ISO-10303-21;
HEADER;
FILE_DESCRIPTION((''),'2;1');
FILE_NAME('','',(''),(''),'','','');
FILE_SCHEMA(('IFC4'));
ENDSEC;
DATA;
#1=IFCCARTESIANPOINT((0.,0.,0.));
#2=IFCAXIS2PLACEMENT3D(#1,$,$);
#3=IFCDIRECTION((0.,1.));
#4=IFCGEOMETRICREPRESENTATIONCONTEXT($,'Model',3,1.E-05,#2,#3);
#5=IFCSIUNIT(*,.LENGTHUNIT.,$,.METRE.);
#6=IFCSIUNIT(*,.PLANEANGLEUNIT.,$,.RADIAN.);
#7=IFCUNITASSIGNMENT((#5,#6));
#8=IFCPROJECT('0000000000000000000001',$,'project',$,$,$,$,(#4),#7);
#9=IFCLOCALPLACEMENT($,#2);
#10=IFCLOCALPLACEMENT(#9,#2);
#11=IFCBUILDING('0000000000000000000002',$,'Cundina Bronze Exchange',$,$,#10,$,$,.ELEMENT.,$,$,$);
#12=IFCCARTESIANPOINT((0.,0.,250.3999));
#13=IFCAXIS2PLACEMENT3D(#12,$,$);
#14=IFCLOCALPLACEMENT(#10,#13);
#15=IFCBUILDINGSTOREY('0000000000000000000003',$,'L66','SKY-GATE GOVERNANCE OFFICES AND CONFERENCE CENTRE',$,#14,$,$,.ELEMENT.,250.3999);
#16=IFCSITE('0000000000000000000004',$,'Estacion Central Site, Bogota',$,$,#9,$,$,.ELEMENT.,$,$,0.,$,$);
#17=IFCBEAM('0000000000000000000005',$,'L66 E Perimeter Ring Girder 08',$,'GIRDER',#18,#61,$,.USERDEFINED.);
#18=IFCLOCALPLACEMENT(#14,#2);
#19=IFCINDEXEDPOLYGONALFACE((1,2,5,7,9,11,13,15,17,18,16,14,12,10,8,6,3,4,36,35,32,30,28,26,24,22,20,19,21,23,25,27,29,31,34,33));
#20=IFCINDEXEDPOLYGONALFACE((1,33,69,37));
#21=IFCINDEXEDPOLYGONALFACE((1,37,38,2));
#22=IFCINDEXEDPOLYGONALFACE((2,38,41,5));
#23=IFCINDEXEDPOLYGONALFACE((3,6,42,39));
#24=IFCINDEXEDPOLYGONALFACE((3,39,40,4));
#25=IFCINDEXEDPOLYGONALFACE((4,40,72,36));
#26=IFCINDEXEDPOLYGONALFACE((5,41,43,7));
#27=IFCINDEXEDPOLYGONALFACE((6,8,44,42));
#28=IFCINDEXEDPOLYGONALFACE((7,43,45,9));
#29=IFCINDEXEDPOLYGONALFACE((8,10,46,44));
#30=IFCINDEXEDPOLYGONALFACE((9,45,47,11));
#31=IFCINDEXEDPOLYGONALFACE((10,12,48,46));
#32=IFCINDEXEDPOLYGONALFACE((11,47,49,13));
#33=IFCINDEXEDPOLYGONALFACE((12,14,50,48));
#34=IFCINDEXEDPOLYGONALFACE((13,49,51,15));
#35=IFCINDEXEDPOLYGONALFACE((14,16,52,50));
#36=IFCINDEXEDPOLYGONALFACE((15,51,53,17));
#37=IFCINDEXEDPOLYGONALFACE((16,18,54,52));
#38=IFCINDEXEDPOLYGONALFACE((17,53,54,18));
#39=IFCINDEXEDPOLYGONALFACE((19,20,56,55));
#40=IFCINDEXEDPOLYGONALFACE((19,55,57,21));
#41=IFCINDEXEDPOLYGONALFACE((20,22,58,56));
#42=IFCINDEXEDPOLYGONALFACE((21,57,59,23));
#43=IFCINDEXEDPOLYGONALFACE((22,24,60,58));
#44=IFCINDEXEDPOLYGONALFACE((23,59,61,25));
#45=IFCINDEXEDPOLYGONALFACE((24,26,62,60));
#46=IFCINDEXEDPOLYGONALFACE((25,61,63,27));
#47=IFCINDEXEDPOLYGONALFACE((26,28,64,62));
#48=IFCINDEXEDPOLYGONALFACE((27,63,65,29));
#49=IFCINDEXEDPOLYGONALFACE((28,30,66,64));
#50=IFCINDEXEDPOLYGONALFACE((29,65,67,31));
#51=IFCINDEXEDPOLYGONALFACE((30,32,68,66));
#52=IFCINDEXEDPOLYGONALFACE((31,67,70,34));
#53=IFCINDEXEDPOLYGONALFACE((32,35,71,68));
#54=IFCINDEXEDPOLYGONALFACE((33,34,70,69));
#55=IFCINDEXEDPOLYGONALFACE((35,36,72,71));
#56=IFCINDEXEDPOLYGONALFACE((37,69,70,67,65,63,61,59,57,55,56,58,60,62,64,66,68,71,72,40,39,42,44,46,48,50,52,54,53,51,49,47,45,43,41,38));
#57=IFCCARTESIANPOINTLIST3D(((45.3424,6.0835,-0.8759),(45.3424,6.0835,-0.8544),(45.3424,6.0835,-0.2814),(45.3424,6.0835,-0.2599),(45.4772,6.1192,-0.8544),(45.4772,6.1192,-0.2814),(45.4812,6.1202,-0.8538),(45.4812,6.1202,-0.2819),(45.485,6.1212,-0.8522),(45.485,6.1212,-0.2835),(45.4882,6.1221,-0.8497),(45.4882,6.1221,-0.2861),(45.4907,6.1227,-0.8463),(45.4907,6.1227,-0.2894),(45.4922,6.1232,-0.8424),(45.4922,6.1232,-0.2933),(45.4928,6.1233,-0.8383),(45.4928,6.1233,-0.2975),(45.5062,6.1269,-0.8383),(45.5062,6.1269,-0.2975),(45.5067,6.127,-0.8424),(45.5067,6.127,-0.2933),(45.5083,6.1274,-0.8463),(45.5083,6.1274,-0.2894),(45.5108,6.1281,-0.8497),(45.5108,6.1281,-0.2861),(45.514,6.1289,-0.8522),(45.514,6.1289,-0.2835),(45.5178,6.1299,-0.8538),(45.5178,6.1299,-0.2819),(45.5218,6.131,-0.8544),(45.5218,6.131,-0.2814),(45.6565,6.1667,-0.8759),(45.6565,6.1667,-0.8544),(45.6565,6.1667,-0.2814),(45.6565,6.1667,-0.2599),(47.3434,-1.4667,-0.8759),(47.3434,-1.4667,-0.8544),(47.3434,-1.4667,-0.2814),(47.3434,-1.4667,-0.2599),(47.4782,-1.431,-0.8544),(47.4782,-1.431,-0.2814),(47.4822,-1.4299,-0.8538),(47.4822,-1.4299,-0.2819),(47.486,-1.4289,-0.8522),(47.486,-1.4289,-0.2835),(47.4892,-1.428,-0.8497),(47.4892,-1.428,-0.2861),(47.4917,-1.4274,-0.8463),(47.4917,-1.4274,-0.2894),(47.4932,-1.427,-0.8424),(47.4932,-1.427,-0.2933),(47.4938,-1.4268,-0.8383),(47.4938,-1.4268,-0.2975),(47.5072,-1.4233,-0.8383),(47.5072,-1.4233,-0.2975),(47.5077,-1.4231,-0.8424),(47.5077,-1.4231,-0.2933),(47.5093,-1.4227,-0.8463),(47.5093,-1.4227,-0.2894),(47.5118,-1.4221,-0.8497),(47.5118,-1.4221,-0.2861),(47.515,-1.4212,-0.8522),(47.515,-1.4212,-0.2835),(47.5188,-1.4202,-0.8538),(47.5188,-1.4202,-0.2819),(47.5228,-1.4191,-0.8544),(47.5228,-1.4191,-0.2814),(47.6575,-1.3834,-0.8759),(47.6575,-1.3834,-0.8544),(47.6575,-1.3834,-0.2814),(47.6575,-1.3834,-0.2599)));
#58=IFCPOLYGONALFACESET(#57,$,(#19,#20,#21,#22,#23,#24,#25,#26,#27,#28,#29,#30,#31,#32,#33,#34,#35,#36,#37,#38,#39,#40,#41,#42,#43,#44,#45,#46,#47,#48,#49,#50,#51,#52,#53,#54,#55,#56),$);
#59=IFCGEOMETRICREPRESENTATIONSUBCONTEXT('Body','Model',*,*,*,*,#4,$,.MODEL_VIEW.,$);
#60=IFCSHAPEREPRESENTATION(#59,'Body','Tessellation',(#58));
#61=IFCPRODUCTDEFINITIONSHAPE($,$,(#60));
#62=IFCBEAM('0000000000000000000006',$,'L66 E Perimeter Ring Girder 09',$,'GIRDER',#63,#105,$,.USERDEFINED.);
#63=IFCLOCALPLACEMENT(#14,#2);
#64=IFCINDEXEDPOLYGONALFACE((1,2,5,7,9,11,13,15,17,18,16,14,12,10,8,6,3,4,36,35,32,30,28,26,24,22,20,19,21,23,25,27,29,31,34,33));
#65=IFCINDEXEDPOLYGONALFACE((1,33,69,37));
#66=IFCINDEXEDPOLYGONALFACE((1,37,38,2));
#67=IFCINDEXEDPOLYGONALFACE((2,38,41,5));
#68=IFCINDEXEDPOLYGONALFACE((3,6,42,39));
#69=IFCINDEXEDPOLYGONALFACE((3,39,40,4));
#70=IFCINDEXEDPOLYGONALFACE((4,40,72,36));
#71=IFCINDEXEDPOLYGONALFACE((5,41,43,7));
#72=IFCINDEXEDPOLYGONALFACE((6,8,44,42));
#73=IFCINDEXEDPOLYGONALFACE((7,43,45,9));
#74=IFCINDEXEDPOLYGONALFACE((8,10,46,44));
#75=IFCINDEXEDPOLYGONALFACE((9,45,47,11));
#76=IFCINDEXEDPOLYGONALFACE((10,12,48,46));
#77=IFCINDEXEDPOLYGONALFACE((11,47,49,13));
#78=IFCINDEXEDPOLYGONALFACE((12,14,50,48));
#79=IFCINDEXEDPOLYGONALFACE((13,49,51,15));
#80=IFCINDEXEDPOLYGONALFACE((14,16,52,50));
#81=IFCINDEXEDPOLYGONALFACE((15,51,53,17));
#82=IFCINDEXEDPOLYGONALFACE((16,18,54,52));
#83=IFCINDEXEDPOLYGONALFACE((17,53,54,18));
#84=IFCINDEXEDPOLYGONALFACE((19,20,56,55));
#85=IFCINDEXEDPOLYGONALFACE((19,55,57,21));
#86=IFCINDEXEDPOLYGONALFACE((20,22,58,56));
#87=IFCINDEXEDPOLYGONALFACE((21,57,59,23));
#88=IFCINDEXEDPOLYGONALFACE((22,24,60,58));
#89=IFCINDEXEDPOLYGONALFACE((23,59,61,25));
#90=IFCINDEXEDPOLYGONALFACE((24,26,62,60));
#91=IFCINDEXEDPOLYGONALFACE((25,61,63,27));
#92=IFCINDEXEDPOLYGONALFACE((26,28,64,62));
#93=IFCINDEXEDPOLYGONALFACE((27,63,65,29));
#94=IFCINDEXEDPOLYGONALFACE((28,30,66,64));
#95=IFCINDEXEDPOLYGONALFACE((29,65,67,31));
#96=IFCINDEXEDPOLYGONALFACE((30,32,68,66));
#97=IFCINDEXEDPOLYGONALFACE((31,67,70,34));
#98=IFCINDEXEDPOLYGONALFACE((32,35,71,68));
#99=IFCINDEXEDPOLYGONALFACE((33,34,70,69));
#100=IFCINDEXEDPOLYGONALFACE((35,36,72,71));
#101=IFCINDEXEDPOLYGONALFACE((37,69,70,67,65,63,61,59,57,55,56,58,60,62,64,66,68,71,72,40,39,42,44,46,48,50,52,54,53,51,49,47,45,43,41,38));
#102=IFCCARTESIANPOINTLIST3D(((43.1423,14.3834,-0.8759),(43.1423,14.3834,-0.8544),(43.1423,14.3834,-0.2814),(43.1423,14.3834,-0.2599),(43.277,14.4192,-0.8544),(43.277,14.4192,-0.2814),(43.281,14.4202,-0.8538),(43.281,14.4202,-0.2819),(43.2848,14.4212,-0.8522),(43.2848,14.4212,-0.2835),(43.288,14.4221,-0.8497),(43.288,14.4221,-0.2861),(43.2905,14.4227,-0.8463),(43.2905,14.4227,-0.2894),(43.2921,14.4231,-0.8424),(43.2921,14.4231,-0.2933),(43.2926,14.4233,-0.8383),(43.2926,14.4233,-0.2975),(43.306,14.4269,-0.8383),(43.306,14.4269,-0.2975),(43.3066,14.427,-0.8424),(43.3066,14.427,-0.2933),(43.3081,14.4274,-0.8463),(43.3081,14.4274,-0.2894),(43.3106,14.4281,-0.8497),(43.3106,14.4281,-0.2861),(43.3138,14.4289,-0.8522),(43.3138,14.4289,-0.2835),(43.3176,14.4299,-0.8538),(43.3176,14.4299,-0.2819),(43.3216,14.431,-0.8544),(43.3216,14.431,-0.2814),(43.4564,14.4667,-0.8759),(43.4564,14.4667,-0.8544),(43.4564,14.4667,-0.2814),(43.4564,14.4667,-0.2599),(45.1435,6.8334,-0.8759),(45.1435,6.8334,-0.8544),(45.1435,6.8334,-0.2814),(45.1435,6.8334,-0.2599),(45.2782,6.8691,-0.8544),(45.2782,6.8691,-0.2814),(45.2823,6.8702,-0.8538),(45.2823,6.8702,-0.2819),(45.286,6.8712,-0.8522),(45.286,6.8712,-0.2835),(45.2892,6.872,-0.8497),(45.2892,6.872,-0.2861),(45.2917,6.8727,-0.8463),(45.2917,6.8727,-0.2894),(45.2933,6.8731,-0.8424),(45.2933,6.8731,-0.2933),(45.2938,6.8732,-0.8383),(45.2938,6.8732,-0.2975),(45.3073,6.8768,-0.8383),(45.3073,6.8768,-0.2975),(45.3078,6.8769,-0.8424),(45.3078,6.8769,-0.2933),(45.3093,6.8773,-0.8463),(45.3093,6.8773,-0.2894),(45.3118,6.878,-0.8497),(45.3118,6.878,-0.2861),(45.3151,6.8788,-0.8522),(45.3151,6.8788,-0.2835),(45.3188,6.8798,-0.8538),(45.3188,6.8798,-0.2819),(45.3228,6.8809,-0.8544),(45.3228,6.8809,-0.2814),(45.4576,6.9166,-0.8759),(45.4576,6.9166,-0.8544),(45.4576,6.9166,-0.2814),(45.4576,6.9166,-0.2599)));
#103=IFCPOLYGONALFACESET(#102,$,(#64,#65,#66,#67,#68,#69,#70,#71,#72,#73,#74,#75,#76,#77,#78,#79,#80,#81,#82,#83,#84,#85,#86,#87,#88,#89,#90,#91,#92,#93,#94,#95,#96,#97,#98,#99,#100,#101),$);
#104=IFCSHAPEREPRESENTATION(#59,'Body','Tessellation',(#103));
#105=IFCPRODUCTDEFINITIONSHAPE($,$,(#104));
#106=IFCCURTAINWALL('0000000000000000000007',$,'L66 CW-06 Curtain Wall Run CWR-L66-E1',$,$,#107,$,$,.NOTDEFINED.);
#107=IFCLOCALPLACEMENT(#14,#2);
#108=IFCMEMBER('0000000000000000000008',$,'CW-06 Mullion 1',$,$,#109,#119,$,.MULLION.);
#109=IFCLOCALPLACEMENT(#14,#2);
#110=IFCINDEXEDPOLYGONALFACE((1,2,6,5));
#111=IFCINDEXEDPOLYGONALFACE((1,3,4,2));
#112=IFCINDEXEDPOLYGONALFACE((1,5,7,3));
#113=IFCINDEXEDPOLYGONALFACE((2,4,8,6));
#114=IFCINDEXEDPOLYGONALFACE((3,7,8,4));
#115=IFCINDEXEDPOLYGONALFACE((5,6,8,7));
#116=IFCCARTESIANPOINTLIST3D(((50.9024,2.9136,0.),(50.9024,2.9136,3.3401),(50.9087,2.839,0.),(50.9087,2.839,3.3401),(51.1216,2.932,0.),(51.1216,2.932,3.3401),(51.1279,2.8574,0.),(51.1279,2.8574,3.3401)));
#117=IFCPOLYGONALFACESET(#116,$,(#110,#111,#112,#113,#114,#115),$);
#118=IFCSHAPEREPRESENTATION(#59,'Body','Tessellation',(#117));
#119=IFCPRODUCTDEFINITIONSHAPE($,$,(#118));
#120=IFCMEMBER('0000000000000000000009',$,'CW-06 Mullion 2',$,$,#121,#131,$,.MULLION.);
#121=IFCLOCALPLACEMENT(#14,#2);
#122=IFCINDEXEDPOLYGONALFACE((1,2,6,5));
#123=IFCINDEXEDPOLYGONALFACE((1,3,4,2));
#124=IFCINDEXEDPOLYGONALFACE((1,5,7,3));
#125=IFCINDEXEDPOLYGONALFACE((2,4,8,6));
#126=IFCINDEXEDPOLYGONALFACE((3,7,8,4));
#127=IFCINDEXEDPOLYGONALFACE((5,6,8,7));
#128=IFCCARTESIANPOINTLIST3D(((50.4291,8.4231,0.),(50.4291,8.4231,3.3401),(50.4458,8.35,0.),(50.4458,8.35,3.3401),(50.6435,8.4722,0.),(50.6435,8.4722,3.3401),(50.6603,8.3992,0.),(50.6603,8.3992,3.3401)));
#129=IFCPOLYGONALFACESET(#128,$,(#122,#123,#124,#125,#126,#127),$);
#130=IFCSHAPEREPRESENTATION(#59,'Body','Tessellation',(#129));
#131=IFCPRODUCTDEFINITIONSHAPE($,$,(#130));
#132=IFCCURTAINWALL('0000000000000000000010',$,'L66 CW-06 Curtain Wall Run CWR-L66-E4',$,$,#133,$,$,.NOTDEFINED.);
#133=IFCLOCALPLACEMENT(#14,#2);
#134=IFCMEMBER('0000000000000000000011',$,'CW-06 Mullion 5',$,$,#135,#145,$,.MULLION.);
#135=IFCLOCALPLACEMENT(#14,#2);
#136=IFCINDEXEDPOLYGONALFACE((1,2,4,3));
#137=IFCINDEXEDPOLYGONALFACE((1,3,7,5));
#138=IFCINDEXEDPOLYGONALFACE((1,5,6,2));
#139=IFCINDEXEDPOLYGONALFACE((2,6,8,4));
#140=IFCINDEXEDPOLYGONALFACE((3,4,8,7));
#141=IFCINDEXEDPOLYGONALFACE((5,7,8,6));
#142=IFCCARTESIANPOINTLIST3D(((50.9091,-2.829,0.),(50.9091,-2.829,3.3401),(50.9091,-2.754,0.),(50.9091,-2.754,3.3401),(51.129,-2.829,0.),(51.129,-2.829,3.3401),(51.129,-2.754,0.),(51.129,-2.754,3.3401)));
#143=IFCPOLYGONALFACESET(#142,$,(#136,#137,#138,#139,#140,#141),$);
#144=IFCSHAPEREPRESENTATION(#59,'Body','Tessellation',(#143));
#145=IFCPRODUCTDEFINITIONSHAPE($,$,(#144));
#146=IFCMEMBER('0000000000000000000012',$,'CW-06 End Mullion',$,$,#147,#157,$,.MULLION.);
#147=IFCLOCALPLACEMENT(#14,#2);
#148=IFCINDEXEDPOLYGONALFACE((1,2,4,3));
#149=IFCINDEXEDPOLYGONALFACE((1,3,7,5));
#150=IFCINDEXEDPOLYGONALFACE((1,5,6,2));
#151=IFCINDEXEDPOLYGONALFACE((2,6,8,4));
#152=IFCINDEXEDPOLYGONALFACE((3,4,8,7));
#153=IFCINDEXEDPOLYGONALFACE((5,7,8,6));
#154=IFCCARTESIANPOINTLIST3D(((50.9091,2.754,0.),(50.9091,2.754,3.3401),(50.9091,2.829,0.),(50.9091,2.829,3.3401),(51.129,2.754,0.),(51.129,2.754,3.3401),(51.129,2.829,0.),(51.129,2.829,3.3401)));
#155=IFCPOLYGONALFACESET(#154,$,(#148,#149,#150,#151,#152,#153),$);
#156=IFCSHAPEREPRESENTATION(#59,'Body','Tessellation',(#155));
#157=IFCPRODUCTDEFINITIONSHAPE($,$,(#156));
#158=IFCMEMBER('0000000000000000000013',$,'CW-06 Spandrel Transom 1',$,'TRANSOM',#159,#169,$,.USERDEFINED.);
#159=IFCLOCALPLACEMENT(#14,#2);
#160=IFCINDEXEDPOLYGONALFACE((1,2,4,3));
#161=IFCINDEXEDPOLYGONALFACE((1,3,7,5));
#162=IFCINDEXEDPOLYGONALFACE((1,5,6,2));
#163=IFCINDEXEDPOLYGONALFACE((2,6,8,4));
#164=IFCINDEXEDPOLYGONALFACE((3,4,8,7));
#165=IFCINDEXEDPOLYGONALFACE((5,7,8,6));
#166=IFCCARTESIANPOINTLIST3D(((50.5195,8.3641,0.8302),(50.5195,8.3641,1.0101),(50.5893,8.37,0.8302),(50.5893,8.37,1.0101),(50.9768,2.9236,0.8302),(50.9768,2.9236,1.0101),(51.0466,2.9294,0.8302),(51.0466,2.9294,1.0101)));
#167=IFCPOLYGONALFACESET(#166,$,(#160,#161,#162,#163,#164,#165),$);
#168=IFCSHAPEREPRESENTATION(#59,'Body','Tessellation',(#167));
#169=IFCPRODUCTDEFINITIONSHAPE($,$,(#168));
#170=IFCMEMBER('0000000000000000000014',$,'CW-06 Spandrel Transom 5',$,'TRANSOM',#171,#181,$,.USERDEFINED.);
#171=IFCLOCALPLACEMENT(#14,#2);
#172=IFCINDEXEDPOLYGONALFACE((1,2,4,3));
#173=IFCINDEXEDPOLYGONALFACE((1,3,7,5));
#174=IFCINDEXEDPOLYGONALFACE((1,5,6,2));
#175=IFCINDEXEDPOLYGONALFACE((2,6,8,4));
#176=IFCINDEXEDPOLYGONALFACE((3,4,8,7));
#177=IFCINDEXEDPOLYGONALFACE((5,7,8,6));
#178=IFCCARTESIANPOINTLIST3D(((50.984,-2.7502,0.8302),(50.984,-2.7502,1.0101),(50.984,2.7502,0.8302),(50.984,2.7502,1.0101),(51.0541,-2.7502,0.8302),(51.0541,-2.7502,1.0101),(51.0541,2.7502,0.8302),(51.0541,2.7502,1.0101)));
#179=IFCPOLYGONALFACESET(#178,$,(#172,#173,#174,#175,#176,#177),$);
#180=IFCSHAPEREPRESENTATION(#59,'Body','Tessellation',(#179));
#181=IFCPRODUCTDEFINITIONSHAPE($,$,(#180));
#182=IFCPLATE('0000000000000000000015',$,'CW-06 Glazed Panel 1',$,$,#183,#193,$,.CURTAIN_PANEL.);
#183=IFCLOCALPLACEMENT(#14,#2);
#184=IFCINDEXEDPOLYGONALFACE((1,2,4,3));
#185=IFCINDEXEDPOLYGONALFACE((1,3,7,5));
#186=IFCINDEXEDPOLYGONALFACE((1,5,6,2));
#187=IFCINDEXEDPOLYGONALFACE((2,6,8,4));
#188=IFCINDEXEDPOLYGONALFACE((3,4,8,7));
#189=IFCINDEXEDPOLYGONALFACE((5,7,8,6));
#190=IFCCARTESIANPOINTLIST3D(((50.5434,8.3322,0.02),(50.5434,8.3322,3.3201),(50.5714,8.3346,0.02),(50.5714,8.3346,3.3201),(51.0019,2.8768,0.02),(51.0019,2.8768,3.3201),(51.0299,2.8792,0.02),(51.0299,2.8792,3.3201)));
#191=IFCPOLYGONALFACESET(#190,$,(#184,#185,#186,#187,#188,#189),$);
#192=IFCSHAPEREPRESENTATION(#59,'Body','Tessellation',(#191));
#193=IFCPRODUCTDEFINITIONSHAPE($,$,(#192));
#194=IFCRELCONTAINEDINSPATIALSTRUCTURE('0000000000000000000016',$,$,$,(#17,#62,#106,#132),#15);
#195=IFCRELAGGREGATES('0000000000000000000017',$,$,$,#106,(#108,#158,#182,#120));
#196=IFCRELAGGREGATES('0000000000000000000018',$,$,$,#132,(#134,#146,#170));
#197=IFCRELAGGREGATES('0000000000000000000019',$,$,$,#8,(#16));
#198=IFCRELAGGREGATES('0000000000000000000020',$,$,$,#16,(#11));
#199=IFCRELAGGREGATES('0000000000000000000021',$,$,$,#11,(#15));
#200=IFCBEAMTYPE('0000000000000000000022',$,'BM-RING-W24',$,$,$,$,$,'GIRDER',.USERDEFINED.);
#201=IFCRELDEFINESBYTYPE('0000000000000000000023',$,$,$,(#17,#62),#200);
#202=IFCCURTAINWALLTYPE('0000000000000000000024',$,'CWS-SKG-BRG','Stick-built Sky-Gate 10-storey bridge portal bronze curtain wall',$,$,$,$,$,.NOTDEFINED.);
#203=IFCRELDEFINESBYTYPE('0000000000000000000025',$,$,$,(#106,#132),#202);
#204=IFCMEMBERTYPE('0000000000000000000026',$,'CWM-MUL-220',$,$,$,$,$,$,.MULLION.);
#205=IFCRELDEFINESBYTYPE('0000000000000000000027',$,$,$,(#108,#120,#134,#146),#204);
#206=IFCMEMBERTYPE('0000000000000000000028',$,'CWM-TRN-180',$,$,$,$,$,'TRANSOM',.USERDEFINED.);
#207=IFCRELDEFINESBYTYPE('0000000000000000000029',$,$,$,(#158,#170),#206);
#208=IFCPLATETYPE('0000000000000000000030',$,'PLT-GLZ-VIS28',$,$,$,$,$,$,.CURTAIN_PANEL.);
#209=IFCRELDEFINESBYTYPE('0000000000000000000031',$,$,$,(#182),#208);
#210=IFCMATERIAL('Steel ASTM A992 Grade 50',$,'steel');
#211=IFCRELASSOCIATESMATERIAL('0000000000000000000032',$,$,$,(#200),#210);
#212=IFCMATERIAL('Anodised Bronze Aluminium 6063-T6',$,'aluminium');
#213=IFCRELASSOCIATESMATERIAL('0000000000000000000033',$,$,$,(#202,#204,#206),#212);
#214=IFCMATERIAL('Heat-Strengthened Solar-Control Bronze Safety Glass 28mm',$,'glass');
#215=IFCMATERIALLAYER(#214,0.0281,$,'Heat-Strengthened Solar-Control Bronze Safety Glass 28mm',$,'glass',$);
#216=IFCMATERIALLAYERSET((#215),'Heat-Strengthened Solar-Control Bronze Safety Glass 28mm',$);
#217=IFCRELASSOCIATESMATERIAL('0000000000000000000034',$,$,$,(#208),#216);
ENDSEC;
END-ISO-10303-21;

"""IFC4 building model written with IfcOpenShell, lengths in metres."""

from ifc_helpers import new_model, si_unit, direction, frame, origin, origin_2d, place, context, subcontext, project, spatial, rectangle, i_section, extrude, material, layer, layer_set, material_profile, profile_set, type_object, element, aggregate, save


model = new_model("IFC4")

# Units and contexts
model_context = context("Model", 3, precision=1e-05, world=origin(), true_north=direction((0.0, 1.0)))
body_context = subcontext(model_context, "Body", "Model", "MODEL_VIEW")
ifc_project = project(units=[si_unit("LENGTHUNIT", "METRE"), si_unit("PLANEANGLEUNIT", "RADIAN")], contexts=[model_context])

# Site, building, storey
site_placement = place(None, origin())
site = spatial("IfcSite", under=ifc_project, at=site_placement, Name="Estacion Central Site, Bogota", CompositionType="ELEMENT", RefElevation=0.0)
building_placement = place(site_placement, origin())
building = spatial("IfcBuilding", under=site, at=building_placement, Name="Cundina Bronze Exchange", CompositionType="ELEMENT")
storey_placement = place(building_placement, frame((0.0, 0.0, 250.3999)))
storey = spatial("IfcBuildingStorey", under=building, at=storey_placement, Name="L66", Description="SKY-GATE GOVERNANCE OFFICES AND CONFERENCE CENTRE", CompositionType="ELEMENT", Elevation=250.3999)

# Beams
ifc_material_1 = material(Name="Steel ASTM A992 Grade 50", Category="steel")
ifc_material_profile_1 = material_profile(ifc_material_1, i_section(OverallWidth=0.325, OverallDepth=0.616, WebThickness=0.0139, FlangeThickness=0.0215, FilletRadius=0.0161, at=origin_2d()), Name="W24X117", Category="steel")
ifc_profile_set_1 = profile_set([ifc_material_profile_1], Name="Steel ASTM A992 Grade 50")
beam_type_1 = type_object("IfcBeamType", Name="BM-RING-W24", ElementType="GIRDER", PredefinedType="USERDEFINED", material=ifc_profile_set_1)
for number, where, z_axis, x_axis, name in (
    (1, (47.5005, -1.425, -0.5679), (-0.256184, 0.966628, 0.0), (-0.966628, -0.256184, 0.0), "L66 E Perimeter Ring Girder 08"),
    (2, (45.3005, 6.875, -0.5679), (-0.256213, 0.96662, 0.0), (-0.96662, -0.256213, 0.0), "L66 E Perimeter Ring Girder 09"),
):
    element("IfcBeam", number, at=place(storey_placement, frame(where, z_axis=z_axis, x_axis=x_axis)), inside=storey, type_object=beam_type_1, Name=name, ObjectType="GIRDER", PredefinedType="USERDEFINED", context=body_context, shape_type="SweptSolid", body=[
        extrude(i_section(OverallWidth=0.325, OverallDepth=0.616, WebThickness=0.0139, FlangeThickness=0.0215, FilletRadius=0.0161, at=origin_2d()), origin(), (0.0, 0.0, 1.0), 7.8108),
    ])

# Curtain walls, members
ifc_material_2 = material(Name="Anodised Bronze Aluminium 6063-T6", Category="aluminium")
curtain_wall_type = type_object("IfcCurtainWallType", Name="CWS-SKG-BRG", Description="Stick-built Sky-Gate 10-storey bridge portal bronze curtain wall", PredefinedType="NOTDEFINED", material=ifc_material_2)
curtain_wall_1_placement = place(storey_placement, origin())
curtain_wall_1 = element("IfcCurtainWall", 3, at=curtain_wall_1_placement, inside=storey, type_object=curtain_wall_type, Name="L66 CW-06 Curtain Wall Run CWR-L66-E1", PredefinedType="NOTDEFINED")
ifc_material_profile_2 = material_profile(ifc_material_2, rectangle(XDim=0.075, YDim=0.22, at=origin_2d()), Name="AL75X220", Category="aluminium")
ifc_profile_set_2 = profile_set([ifc_material_profile_2], Name="Anodised Bronze Aluminium 6063-T6")
member_type_1 = type_object("IfcMemberType", Name="CWM-MUL-220", PredefinedType="MULLION", material=ifc_profile_set_2)
member_1_placement = place(storey_placement, frame((51.0151, 2.8855, 0.0), z_axis=(0.0, 0.0, 1.0), x_axis=(-0.083678, 0.996493, 0.0)))
member_1 = element("IfcMember", 4, at=member_1_placement, type_object=member_type_1, Name="CW-06 Mullion 1", PredefinedType="MULLION", context=body_context, shape_type="SweptSolid", body=[
    extrude(rectangle(XDim=0.075, YDim=0.22, at=origin_2d()), origin(), (0.0, 0.0, 1.0), 3.3401),
])
member_2_placement = place(storey_placement, frame((50.5447, 8.4111, 0.0), z_axis=(0.0, 0.0, 1.0), x_axis=(-0.22325, 0.974761, 0.0)))
member_2 = element("IfcMember", 5, at=member_2_placement, type_object=member_type_1, Name="CW-06 Mullion 2", PredefinedType="MULLION", context=body_context, shape_type="SweptSolid", body=[
    extrude(rectangle(XDim=0.075, YDim=0.22, at=origin_2d()), origin(), (0.0, 0.0, 1.0), 3.3401),
])
curtain_wall_2_placement = place(storey_placement, origin())
curtain_wall_2 = element("IfcCurtainWall", 6, at=curtain_wall_2_placement, inside=storey, type_object=curtain_wall_type, Name="L66 CW-06 Curtain Wall Run CWR-L66-E4", PredefinedType="NOTDEFINED")
member_3_placement = place(storey_placement, frame((51.019, -2.7915, 0.0), z_axis=(0.0, 0.0, 1.0), x_axis=(0.0, 1.0, 0.0)))
member_3 = element("IfcMember", 7, at=member_3_placement, type_object=member_type_1, Name="CW-06 Mullion 5", PredefinedType="MULLION", context=body_context, shape_type="SweptSolid", body=[
    extrude(rectangle(XDim=0.075, YDim=0.22, at=origin_2d()), origin(), (0.0, 0.0, 1.0), 3.3401),
])
member_4_placement = place(storey_placement, frame((51.019, 2.7915, 0.0), z_axis=(0.0, 0.0, 1.0), x_axis=(0.0, 1.0, 0.0)))
member_4 = element("IfcMember", 8, at=member_4_placement, type_object=member_type_1, Name="CW-06 End Mullion", PredefinedType="MULLION", context=body_context, shape_type="SweptSolid", body=[
    extrude(rectangle(XDim=0.075, YDim=0.22, at=origin_2d()), origin(), (0.0, 0.0, 1.0), 3.3401),
])

# Members
ifc_material_profile_3 = material_profile(ifc_material_2, rectangle(XDim=0.0701, YDim=0.1799, at=origin_2d()), Name="AL70X180", Category="aluminium")
ifc_profile_set_3 = profile_set([ifc_material_profile_3], Name="Anodised Bronze Aluminium 6063-T6")
member_type_2 = type_object("IfcMemberType", Name="CWM-TRN-180", ElementType="TRANSOM", PredefinedType="USERDEFINED", material=ifc_profile_set_3)
member_5_placement = place(storey_placement, frame((51.0117, 2.9265, 0.9202), z_axis=(-0.083756, 0.996486, 0.0), x_axis=(-0.996486, -0.083756, 0.0)))
member_5 = element("IfcMember", 9, at=member_5_placement, type_object=member_type_2, Name="CW-06 Spandrel Transom 1", ObjectType="TRANSOM", PredefinedType="USERDEFINED", context=body_context, shape_type="SweptSolid", body=[
    extrude(rectangle(XDim=0.0701, YDim=0.1799, at=origin_2d()), origin(), (0.0, 0.0, 1.0), 5.4597),
])
member_6_placement = place(storey_placement, frame((51.019, -2.7502, 0.9202), z_axis=(0.0, 1.0, 0.0), x_axis=(-1.0, 0.0, 0.0)))
member_6 = element("IfcMember", 10, at=member_6_placement, type_object=member_type_2, Name="CW-06 Spandrel Transom 5", ObjectType="TRANSOM", PredefinedType="USERDEFINED", context=body_context, shape_type="SweptSolid", body=[
    extrude(rectangle(XDim=0.0701, YDim=0.1799, at=origin_2d()), origin(), (0.0, 0.0, 1.0), 5.5005),
])

# Plate
ifc_material_3 = material(Name="Heat-Strengthened Solar-Control Bronze Safety Glass 28mm", Category="glass")
ifc_layer_1 = layer(ifc_material_3, 0.0281, Name="Heat-Strengthened Solar-Control Bronze Safety Glass 28mm", Category="glass")
ifc_layer_set_1 = layer_set([ifc_layer_1], Name="Heat-Strengthened Solar-Control Bronze Safety Glass 28mm")
plate_type = type_object("IfcPlateType", Name="PLT-GLZ-VIS28", PredefinedType="CURTAIN_PANEL", material=ifc_layer_set_1)
plate_1_placement = place(storey_placement, frame((50.7866, 5.6057, 0.02), z_axis=(0.0, 0.0, 1.0), x_axis=(-0.083747, 0.996487, 0.0)))
plate_1 = element("IfcPlate", 11, at=plate_1_placement, type_object=plate_type, Name="CW-06 Glazed Panel 1", PredefinedType="CURTAIN_PANEL", context=body_context, shape_type="SweptSolid", body=[
    extrude(rectangle(XDim=5.4746, YDim=0.0281, at=origin_2d()), origin(), (0.0, 0.0, 1.0), 3.3),
])
aggregate(curtain_wall_1, [member_1, member_5, plate_1, member_2])
aggregate(curtain_wall_2, [member_3, member_4, member_6])

save(model, "model.ifc")
